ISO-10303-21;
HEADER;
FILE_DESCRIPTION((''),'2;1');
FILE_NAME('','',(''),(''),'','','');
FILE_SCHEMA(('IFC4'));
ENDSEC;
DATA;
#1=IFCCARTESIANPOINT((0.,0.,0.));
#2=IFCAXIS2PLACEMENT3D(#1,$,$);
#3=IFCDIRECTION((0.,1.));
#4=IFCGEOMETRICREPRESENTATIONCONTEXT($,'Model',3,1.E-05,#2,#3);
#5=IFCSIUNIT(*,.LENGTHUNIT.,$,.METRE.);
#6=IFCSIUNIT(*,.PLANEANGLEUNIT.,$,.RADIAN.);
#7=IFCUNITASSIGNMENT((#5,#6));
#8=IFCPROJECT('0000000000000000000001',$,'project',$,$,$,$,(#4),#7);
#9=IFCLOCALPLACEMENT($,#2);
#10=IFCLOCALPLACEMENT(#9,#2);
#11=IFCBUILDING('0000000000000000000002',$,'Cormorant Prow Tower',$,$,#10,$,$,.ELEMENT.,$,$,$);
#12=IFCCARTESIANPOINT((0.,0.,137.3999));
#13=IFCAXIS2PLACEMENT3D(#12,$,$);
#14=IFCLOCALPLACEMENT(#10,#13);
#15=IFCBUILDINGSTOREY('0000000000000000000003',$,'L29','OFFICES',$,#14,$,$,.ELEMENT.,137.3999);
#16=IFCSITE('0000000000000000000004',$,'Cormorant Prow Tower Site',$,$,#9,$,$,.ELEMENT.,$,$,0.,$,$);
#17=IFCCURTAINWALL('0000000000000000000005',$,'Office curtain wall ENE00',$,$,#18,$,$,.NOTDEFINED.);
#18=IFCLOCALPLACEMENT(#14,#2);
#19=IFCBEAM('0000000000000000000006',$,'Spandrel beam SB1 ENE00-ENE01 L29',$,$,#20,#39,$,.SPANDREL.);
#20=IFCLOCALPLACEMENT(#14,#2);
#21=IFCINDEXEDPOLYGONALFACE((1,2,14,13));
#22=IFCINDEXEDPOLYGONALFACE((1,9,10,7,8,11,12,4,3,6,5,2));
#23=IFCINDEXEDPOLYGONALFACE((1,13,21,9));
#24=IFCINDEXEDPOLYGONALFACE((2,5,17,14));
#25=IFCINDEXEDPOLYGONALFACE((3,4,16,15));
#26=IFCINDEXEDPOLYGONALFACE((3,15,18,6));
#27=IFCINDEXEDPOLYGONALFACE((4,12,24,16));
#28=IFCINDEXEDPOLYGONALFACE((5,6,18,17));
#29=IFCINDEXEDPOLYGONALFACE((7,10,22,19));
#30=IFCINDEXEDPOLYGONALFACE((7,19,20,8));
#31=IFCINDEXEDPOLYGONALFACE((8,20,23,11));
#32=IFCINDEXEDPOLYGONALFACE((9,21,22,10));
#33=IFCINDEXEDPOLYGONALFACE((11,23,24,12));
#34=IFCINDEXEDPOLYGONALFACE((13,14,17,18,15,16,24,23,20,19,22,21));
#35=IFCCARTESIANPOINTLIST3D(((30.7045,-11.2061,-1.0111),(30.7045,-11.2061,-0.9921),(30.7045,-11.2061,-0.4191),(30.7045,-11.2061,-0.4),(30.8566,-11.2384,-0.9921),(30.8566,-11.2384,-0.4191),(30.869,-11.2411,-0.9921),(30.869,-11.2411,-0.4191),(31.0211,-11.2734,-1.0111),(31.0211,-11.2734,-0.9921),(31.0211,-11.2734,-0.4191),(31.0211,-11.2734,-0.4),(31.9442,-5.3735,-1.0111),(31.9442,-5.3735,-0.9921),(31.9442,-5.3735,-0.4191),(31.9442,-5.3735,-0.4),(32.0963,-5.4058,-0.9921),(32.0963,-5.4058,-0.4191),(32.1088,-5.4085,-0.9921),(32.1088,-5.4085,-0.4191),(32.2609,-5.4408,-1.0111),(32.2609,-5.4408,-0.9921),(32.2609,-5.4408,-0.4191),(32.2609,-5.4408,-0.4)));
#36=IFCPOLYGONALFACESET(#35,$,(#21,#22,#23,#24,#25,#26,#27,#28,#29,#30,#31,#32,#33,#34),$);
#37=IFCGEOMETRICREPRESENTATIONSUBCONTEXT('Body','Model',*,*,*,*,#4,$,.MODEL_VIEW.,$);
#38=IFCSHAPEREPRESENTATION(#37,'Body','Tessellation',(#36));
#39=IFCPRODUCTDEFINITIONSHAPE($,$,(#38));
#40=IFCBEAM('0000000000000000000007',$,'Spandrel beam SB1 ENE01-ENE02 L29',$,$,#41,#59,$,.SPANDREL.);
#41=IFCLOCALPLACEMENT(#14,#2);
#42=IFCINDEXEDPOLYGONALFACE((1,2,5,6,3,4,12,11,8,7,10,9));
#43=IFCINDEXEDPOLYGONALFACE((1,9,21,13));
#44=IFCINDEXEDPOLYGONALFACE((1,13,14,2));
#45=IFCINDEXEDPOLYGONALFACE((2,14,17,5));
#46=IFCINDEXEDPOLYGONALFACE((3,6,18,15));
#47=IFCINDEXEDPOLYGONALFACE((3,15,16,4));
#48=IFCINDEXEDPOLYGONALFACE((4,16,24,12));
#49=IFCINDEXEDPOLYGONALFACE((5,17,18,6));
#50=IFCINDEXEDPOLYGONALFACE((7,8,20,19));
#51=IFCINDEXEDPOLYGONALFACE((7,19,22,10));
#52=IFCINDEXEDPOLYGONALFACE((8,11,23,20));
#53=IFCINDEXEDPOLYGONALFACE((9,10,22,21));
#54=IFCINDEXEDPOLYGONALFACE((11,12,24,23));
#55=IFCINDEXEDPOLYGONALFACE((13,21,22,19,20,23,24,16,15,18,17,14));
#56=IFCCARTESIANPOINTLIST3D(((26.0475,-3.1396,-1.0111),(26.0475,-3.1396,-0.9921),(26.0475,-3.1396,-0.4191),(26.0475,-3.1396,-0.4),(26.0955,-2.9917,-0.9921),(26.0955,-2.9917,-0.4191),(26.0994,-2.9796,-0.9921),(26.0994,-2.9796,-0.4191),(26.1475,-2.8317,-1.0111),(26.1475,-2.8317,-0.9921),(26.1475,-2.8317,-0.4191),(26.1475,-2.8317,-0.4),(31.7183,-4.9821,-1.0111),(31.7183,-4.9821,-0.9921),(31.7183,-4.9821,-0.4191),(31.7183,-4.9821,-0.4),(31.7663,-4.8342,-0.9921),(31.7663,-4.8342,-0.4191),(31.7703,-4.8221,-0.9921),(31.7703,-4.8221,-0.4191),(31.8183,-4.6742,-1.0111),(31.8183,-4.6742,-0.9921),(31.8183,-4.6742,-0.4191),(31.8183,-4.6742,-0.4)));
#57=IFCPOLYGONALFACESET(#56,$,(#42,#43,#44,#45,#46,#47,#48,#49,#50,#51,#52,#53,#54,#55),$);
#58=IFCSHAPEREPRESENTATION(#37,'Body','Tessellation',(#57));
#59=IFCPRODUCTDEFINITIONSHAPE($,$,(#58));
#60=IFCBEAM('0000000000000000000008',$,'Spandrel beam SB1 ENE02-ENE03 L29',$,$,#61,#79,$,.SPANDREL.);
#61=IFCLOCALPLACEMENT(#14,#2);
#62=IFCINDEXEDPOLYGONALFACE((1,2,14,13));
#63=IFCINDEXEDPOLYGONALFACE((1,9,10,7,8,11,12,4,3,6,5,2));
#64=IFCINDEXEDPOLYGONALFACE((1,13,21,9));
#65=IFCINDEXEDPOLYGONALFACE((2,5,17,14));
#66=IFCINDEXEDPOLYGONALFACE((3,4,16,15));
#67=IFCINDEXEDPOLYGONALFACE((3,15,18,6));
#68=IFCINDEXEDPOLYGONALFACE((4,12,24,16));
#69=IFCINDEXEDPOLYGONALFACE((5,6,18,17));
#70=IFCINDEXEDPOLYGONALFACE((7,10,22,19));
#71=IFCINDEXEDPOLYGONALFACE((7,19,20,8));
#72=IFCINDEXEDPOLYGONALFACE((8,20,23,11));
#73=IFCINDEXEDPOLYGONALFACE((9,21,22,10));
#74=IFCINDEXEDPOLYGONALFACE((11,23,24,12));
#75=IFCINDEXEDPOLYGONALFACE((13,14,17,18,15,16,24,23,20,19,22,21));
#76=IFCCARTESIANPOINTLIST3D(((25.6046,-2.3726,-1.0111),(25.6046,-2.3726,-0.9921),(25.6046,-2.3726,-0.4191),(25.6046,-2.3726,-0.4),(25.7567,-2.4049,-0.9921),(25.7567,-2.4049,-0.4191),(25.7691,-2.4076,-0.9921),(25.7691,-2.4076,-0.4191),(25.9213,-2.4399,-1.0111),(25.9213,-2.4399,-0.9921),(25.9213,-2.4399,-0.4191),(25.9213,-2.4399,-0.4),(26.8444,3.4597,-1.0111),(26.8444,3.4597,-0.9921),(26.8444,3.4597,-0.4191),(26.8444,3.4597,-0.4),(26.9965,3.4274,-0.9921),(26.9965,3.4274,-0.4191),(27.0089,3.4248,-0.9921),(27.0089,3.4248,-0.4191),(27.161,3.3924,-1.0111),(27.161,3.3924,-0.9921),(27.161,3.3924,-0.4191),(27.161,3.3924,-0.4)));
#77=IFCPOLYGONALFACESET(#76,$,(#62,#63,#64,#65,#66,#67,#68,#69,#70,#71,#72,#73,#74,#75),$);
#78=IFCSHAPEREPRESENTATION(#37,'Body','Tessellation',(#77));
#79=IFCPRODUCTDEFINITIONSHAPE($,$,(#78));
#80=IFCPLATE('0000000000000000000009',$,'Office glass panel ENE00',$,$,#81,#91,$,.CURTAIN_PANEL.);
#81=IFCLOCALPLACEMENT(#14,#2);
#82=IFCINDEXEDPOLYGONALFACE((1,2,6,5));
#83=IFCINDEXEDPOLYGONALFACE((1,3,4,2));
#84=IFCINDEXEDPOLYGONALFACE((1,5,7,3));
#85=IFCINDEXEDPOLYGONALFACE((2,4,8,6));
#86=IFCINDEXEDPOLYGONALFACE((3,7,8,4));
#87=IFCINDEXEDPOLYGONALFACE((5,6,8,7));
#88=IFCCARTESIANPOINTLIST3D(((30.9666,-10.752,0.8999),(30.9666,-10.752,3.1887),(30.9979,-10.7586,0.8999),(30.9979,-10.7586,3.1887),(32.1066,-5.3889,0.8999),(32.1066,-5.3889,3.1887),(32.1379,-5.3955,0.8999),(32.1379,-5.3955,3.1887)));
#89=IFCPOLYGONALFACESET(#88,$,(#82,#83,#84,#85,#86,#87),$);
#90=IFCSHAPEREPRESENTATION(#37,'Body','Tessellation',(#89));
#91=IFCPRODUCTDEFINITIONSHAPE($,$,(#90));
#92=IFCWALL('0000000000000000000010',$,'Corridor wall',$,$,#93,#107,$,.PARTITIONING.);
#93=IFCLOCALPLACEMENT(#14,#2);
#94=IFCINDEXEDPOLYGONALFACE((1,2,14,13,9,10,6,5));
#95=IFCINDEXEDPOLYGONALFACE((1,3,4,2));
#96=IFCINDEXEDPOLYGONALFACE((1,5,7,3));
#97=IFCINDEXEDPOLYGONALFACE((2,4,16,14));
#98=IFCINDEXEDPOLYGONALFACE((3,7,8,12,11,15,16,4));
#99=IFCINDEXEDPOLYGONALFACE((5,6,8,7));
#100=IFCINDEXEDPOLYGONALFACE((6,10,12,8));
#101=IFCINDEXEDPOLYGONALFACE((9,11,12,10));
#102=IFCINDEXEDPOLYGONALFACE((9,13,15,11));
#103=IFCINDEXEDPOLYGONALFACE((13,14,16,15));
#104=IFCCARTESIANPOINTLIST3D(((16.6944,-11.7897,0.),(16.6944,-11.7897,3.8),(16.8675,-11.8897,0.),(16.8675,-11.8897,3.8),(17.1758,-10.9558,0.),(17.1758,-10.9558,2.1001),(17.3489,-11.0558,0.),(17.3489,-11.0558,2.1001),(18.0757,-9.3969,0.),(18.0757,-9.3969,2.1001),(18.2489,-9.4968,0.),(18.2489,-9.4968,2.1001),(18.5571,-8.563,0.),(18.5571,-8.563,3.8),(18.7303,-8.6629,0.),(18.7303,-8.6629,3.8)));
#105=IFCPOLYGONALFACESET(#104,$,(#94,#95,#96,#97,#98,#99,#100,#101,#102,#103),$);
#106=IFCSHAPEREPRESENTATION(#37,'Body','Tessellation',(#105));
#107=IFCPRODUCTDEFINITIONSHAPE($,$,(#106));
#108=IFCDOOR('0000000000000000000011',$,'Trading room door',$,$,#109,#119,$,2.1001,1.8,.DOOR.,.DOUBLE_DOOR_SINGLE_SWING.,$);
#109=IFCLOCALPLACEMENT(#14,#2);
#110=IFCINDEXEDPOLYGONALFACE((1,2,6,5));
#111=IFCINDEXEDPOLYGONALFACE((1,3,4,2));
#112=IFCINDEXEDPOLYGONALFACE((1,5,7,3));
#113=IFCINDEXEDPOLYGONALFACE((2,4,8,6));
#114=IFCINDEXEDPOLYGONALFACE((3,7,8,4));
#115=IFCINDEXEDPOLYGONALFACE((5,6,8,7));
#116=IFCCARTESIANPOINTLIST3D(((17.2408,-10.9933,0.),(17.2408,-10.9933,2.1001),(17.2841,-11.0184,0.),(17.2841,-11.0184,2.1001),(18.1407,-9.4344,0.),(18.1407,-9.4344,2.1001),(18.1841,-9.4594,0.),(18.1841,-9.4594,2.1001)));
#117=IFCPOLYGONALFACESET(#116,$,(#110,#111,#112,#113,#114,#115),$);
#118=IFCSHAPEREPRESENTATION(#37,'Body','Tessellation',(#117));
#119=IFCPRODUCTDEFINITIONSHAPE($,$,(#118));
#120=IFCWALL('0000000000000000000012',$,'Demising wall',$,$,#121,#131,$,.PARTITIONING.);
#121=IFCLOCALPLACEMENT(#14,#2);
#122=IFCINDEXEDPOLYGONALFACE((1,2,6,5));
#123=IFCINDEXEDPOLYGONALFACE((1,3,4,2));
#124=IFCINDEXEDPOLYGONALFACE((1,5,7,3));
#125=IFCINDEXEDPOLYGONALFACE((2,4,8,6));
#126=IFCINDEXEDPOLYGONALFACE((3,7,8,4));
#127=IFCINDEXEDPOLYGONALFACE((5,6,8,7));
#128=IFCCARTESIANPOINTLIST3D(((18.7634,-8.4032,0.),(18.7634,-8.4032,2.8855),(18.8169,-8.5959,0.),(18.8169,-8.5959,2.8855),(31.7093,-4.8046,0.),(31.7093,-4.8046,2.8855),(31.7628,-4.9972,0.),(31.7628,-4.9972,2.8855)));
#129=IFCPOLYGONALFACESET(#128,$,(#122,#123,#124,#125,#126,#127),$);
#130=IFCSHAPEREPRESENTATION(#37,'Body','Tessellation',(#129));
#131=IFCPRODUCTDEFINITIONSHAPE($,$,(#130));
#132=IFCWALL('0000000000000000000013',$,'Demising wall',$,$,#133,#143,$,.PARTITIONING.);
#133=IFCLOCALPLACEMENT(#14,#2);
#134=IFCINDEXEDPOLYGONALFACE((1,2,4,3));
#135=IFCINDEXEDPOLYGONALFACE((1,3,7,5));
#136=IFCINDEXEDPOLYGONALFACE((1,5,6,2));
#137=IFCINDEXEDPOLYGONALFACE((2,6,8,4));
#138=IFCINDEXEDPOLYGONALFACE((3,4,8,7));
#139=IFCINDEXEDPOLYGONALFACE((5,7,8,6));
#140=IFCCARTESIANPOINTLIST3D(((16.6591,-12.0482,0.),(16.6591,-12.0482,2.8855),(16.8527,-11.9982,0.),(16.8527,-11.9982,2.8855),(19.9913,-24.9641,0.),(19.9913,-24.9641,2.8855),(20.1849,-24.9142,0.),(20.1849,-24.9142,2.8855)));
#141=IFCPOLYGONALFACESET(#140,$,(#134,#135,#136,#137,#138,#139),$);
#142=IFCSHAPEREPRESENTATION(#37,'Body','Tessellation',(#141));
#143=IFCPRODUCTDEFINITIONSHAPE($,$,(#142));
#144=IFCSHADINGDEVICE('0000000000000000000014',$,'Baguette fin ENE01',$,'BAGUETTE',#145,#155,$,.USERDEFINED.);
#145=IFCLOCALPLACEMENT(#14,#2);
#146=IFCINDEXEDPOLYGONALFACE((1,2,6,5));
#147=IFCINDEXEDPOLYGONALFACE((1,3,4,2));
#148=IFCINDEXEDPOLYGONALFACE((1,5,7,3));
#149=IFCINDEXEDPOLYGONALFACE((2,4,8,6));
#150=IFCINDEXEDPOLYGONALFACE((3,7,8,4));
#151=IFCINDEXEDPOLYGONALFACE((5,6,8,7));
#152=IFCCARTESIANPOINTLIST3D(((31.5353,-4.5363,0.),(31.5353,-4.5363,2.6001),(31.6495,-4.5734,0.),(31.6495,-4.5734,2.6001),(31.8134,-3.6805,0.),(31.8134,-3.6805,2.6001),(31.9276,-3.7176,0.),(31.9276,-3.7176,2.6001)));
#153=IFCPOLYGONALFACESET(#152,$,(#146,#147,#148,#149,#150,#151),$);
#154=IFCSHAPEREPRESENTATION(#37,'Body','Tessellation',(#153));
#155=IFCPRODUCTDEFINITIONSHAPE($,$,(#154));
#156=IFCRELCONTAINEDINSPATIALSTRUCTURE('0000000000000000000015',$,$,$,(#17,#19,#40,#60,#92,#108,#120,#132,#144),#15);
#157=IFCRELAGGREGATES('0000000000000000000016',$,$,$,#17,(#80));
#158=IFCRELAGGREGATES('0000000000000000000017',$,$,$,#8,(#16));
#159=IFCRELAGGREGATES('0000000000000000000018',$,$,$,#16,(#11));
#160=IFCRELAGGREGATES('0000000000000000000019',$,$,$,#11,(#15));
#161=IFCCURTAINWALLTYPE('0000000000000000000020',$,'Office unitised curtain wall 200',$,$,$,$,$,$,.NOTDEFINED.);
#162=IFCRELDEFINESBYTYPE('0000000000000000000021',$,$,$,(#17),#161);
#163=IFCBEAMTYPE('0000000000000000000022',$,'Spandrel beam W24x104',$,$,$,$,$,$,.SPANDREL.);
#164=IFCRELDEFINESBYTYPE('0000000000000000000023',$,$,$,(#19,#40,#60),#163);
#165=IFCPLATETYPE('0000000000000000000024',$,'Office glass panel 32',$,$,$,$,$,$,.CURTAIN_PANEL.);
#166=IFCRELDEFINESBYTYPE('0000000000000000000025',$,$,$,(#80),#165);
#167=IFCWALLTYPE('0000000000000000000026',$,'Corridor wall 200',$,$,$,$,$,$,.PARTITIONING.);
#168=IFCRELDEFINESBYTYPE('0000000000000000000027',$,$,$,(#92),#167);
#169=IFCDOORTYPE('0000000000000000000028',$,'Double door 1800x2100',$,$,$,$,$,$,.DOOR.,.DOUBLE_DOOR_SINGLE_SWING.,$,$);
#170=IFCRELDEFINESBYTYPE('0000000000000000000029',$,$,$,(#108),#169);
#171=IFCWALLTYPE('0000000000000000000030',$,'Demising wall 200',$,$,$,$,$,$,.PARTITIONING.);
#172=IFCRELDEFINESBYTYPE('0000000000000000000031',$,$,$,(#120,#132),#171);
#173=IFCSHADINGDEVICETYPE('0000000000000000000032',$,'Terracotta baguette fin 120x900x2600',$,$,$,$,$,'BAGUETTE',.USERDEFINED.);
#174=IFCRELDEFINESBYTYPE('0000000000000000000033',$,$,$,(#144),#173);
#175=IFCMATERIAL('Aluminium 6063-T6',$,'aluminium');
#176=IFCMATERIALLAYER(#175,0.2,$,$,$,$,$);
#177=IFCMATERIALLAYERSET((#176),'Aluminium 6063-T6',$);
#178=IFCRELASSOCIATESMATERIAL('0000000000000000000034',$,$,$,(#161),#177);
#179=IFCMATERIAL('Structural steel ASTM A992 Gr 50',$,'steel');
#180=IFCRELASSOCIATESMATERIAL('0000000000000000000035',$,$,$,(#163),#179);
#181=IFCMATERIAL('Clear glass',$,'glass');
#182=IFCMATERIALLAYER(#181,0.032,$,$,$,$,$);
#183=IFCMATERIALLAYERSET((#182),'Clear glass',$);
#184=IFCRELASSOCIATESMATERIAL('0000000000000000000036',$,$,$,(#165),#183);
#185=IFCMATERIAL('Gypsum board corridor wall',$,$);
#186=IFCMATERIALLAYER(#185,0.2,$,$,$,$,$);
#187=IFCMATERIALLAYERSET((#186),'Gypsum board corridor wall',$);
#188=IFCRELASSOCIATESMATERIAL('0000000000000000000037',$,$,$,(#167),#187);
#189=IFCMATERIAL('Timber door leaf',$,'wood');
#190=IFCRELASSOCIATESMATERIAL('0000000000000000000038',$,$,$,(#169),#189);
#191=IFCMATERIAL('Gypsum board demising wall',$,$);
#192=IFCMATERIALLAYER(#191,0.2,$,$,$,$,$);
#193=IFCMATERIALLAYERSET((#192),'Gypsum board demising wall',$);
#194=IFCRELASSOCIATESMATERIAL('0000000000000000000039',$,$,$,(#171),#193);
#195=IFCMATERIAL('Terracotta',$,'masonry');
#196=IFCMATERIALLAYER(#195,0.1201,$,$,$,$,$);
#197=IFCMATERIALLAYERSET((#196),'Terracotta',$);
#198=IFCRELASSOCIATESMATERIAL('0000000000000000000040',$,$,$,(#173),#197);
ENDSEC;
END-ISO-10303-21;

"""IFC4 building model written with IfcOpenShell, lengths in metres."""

from ifc_helpers import new_model, si_unit, direction, frame, frame_2d, origin, origin_2d, place, context, subcontext, project, spatial, rectangle, i_section, extrude, material, layer, layer_set, material_profile, profile_set, type_object, element, fill, aggregate, save


model = new_model("IFC4")

# Units and contexts
model_context = context("Model", 3, precision=1e-05, world=origin(), true_north=direction((0.0, 1.0)))
body_context = subcontext(model_context, "Body", "Model", "MODEL_VIEW")
ifc_project = project(units=[si_unit("LENGTHUNIT", "METRE"), si_unit("PLANEANGLEUNIT", "RADIAN")], contexts=[model_context])

# Site, building, storey
site_placement = place(None, origin())
site = spatial("IfcSite", under=ifc_project, at=site_placement, Name="Cormorant Prow Tower Site", CompositionType="ELEMENT", RefElevation=0.0)
building_placement = place(site_placement, origin())
building = spatial("IfcBuilding", under=site, at=building_placement, Name="Cormorant Prow Tower", CompositionType="ELEMENT")
storey_placement = place(building_placement, frame((0.0, 0.0, 137.3999)))
storey = spatial("IfcBuildingStorey", under=building, at=storey_placement, Name="L29", Description="OFFICES", CompositionType="ELEMENT", Elevation=137.3999)

# Curtain wall
ifc_material_1 = material(Name="Aluminium 6063-T6", Category="aluminium")
ifc_layer_1 = layer(ifc_material_1, 0.2)
ifc_layer_set_1 = layer_set([ifc_layer_1], Name="Aluminium 6063-T6")
curtain_wall_type = type_object("IfcCurtainWallType", Name="Office unitised curtain wall 200", PredefinedType="NOTDEFINED", material=ifc_layer_set_1)
curtain_wall_1_placement = place(storey_placement, origin())
curtain_wall_1 = element("IfcCurtainWall", 1, at=curtain_wall_1_placement, inside=storey, type_object=curtain_wall_type, Name="Office curtain wall ENE00", PredefinedType="NOTDEFINED")

# Beams
ifc_material_2 = material(Name="Structural steel ASTM A992 Gr 50", Category="steel")
ifc_material_profile_1 = material_profile(ifc_material_2, i_section(OverallWidth=0.3237, OverallDepth=0.6111, WebThickness=0.0127, FlangeThickness=0.019, at=origin_2d()), Name="W24x104")
ifc_profile_set_1 = profile_set([ifc_material_profile_1], Name="Structural steel ASTM A992 Gr 50")
beam_type_1 = type_object("IfcBeamType", Name="Spandrel beam W24x104", PredefinedType="SPANDREL", material=ifc_profile_set_1)
beam_1_placement = place(storey_placement, frame((30.8628, -11.2397, -0.7056), z_axis=(0.207913, 0.978147, 0.0), x_axis=(-0.978147, 0.207913, 0.0)))
element("IfcBeam", 2, at=beam_1_placement, inside=storey, type_object=beam_type_1, Name="Spandrel beam SB1 ENE00-ENE01 L29", PredefinedType="SPANDREL", context=body_context, shape_type="SweptSolid", body=[
    extrude(i_section(OverallWidth=0.3237, OverallDepth=0.6111, WebThickness=0.0127, FlangeThickness=0.019, at=origin_2d()), origin(), (0.0, 0.0, 1.0), 5.9629),
])
for number, where, z_axis, x_axis, name in (
    (3, (31.7683, -4.8281, -0.7056), (-0.951059, 0.309008, 0.0), (-0.309008, -0.951059, 0.0), "Spandrel beam SB1 ENE01-ENE02 L29"),
    (4, (25.7629, -2.4062, -0.7056), (0.207921, 0.978146, 0.0), (-0.978146, 0.207921, 0.0), "Spandrel beam SB1 ENE02-ENE03 L29"),
):
    element("IfcBeam", number, at=place(storey_placement, frame(where, z_axis=z_axis, x_axis=x_axis)), inside=storey, type_object=beam_type_1, Name=name, PredefinedType="SPANDREL", context=body_context, shape_type="SweptSolid", body=[
        extrude(i_section(OverallWidth=0.3237, OverallDepth=0.6111, WebThickness=0.0127, FlangeThickness=0.019, at=origin_2d()), origin(), (0.0, 0.0, 1.0), 5.9626),
    ])

# Plate
ifc_material_3 = material(Name="Clear glass", Category="glass")
ifc_layer_2 = layer(ifc_material_3, 0.032)
ifc_layer_set_2 = layer_set([ifc_layer_2], Name="Clear glass")
plate_type = type_object("IfcPlateType", Name="Office glass panel 32", PredefinedType="CURTAIN_PANEL", material=ifc_layer_set_2)
plate_placement = place(storey_placement, frame((31.5522, -8.0737, 0.8999), z_axis=(0.0, 0.0, 1.0), x_axis=(0.207912, 0.978148, 0.0)))
plate = element("IfcPlate", 5, at=plate_placement, type_object=plate_type, Name="Office glass panel ENE00", PredefinedType="CURTAIN_PANEL", context=body_context, shape_type="SweptSolid", body=[
    extrude(rectangle(XDim=5.4829, YDim=0.032, at=origin_2d()), origin(), (0.0, 0.0, 1.0), 2.2888),
])
aggregate(curtain_wall_1, [plate])

# Wall, opening, door
ifc_material_4 = material(Name="Gypsum board corridor wall")
ifc_layer_3 = layer(ifc_material_4, 0.2)
ifc_layer_set_3 = layer_set([ifc_layer_3], Name="Gypsum board corridor wall")
wall_type_1 = type_object("IfcWallType", Name="Corridor wall 200", PredefinedType="PARTITIONING", material=ifc_layer_set_3)
wall_1_placement = place(storey_placement, frame((16.781, -11.8396, 0.0), z_axis=(0.0, 0.0, 1.0), x_axis=(0.499959, 0.866049, 0.0)))
wall_1 = element("IfcWall", 6, at=wall_1_placement, inside=storey, type_object=wall_type_1, Name="Corridor wall", PredefinedType="PARTITIONING", context=body_context, shape_type="SweptSolid", body=[
    extrude(rectangle(XDim=3.7258, YDim=0.2, at=frame_2d((1.8628, 0.0))), origin(), (0.0, 0.0, 1.0), 3.8),
])
opening_1_placement = place(wall_1_placement, frame((0.9629, 0.0, 0.0)))
opening_1 = element("IfcOpeningElement", 7, at=opening_1_placement, cuts=wall_1, PredefinedType="OPENING", context=body_context, shape_type="SweptSolid", body=[
    extrude(rectangle(XDim=1.8, YDim=2.1001, at=frame_2d((0.8999, 1.05))), frame((0.0, 0.1099, 0.0), z_axis=(0.0, -1.0, 0.0), x_axis=(1.0, 0.0, 0.0)), (0.0, 0.0, 1.0), 0.22),
])
ifc_material_5 = material(Name="Timber door leaf", Category="wood")
door_type_1 = type_object("IfcDoorType", Name="Double door 1800x2100", OperationType="DOUBLE_DOOR_SINGLE_SWING", PredefinedType="DOOR", material=ifc_material_5)
door_1_placement = place(opening_1_placement, origin())
door_1 = element("IfcDoor", 8, at=door_1_placement, inside=storey, type_object=door_type_1, Name="Trading room door", OperationType="DOUBLE_DOOR_SINGLE_SWING", OverallHeight=2.1001, OverallWidth=1.8, PredefinedType="DOOR", context=body_context, shape_type="SweptSolid", body=[
    extrude(rectangle(XDim=1.8, YDim=2.1001, at=frame_2d((0.8999, 1.05))), frame((0.0, 0.0249, 0.0), z_axis=(0.0, -1.0, 0.0), x_axis=(1.0, 0.0, 0.0)), (0.0, 0.0, 1.0), 0.05),
])
fill(opening_1, door_1)

# Walls
ifc_material_6 = material(Name="Gypsum board demising wall")
ifc_layer_4 = layer(ifc_material_6, 0.2)
ifc_layer_set_4 = layer_set([ifc_layer_4], Name="Gypsum board demising wall")
wall_type_2 = type_object("IfcWallType", Name="Demising wall 200", PredefinedType="PARTITIONING", material=ifc_layer_set_4)
wall_2_placement = place(storey_placement, frame((18.7903, -8.4995, 0.0), z_axis=(0.0, 0.0, 1.0), x_axis=(0.963468, 0.267822, 0.0)))
element("IfcWall", 9, at=wall_2_placement, inside=storey, type_object=wall_type_2, Name="Demising wall", PredefinedType="PARTITIONING", context=body_context, shape_type="SweptSolid", body=[
    extrude(rectangle(XDim=13.4368, YDim=0.2, at=frame_2d((6.7183, 0.0))), origin(), (0.0, 0.0, 1.0), 2.8855),
])
wall_3_placement = place(storey_placement, frame((16.7559, -12.0232, 0.0), z_axis=(0.0, 0.0, 1.0), x_axis=(0.249815, -0.968293, 0.0)))
element("IfcWall", 10, at=wall_3_placement, inside=storey, type_object=wall_type_2, Name="Demising wall", PredefinedType="PARTITIONING", context=body_context, shape_type="SweptSolid", body=[
    extrude(rectangle(XDim=13.3389, YDim=0.2, at=frame_2d((6.6694, 0.0))), origin(), (0.0, 0.0, 1.0), 2.8855),
])

# Shading device
ifc_material_7 = material(Name="Terracotta", Category="masonry")
ifc_layer_5 = layer(ifc_material_7, 0.1201)
ifc_layer_set_5 = layer_set([ifc_layer_5], Name="Terracotta")
shading_device_type = type_object("IfcShadingDeviceType", Name="Terracotta baguette fin 120x900x2600", ElementType="BAGUETTE", PredefinedType="USERDEFINED", material=ifc_layer_set_5)
shading_device_placement = place(storey_placement, frame((31.7314, -4.127, 0.0), z_axis=(0.0, 0.0, 1.0), x_axis=(-0.951057, 0.309017, 0.0)))
element("IfcShadingDevice", 11, at=shading_device_placement, inside=storey, type_object=shading_device_type, Name="Baguette fin ENE01", ObjectType="BAGUETTE", PredefinedType="USERDEFINED", context=body_context, shape_type="SweptSolid", body=[
    extrude(rectangle(XDim=0.1201, YDim=0.8999, at=origin_2d()), origin(), (0.0, 0.0, 1.0), 2.6001),
])

save(model, "model.ifc")
